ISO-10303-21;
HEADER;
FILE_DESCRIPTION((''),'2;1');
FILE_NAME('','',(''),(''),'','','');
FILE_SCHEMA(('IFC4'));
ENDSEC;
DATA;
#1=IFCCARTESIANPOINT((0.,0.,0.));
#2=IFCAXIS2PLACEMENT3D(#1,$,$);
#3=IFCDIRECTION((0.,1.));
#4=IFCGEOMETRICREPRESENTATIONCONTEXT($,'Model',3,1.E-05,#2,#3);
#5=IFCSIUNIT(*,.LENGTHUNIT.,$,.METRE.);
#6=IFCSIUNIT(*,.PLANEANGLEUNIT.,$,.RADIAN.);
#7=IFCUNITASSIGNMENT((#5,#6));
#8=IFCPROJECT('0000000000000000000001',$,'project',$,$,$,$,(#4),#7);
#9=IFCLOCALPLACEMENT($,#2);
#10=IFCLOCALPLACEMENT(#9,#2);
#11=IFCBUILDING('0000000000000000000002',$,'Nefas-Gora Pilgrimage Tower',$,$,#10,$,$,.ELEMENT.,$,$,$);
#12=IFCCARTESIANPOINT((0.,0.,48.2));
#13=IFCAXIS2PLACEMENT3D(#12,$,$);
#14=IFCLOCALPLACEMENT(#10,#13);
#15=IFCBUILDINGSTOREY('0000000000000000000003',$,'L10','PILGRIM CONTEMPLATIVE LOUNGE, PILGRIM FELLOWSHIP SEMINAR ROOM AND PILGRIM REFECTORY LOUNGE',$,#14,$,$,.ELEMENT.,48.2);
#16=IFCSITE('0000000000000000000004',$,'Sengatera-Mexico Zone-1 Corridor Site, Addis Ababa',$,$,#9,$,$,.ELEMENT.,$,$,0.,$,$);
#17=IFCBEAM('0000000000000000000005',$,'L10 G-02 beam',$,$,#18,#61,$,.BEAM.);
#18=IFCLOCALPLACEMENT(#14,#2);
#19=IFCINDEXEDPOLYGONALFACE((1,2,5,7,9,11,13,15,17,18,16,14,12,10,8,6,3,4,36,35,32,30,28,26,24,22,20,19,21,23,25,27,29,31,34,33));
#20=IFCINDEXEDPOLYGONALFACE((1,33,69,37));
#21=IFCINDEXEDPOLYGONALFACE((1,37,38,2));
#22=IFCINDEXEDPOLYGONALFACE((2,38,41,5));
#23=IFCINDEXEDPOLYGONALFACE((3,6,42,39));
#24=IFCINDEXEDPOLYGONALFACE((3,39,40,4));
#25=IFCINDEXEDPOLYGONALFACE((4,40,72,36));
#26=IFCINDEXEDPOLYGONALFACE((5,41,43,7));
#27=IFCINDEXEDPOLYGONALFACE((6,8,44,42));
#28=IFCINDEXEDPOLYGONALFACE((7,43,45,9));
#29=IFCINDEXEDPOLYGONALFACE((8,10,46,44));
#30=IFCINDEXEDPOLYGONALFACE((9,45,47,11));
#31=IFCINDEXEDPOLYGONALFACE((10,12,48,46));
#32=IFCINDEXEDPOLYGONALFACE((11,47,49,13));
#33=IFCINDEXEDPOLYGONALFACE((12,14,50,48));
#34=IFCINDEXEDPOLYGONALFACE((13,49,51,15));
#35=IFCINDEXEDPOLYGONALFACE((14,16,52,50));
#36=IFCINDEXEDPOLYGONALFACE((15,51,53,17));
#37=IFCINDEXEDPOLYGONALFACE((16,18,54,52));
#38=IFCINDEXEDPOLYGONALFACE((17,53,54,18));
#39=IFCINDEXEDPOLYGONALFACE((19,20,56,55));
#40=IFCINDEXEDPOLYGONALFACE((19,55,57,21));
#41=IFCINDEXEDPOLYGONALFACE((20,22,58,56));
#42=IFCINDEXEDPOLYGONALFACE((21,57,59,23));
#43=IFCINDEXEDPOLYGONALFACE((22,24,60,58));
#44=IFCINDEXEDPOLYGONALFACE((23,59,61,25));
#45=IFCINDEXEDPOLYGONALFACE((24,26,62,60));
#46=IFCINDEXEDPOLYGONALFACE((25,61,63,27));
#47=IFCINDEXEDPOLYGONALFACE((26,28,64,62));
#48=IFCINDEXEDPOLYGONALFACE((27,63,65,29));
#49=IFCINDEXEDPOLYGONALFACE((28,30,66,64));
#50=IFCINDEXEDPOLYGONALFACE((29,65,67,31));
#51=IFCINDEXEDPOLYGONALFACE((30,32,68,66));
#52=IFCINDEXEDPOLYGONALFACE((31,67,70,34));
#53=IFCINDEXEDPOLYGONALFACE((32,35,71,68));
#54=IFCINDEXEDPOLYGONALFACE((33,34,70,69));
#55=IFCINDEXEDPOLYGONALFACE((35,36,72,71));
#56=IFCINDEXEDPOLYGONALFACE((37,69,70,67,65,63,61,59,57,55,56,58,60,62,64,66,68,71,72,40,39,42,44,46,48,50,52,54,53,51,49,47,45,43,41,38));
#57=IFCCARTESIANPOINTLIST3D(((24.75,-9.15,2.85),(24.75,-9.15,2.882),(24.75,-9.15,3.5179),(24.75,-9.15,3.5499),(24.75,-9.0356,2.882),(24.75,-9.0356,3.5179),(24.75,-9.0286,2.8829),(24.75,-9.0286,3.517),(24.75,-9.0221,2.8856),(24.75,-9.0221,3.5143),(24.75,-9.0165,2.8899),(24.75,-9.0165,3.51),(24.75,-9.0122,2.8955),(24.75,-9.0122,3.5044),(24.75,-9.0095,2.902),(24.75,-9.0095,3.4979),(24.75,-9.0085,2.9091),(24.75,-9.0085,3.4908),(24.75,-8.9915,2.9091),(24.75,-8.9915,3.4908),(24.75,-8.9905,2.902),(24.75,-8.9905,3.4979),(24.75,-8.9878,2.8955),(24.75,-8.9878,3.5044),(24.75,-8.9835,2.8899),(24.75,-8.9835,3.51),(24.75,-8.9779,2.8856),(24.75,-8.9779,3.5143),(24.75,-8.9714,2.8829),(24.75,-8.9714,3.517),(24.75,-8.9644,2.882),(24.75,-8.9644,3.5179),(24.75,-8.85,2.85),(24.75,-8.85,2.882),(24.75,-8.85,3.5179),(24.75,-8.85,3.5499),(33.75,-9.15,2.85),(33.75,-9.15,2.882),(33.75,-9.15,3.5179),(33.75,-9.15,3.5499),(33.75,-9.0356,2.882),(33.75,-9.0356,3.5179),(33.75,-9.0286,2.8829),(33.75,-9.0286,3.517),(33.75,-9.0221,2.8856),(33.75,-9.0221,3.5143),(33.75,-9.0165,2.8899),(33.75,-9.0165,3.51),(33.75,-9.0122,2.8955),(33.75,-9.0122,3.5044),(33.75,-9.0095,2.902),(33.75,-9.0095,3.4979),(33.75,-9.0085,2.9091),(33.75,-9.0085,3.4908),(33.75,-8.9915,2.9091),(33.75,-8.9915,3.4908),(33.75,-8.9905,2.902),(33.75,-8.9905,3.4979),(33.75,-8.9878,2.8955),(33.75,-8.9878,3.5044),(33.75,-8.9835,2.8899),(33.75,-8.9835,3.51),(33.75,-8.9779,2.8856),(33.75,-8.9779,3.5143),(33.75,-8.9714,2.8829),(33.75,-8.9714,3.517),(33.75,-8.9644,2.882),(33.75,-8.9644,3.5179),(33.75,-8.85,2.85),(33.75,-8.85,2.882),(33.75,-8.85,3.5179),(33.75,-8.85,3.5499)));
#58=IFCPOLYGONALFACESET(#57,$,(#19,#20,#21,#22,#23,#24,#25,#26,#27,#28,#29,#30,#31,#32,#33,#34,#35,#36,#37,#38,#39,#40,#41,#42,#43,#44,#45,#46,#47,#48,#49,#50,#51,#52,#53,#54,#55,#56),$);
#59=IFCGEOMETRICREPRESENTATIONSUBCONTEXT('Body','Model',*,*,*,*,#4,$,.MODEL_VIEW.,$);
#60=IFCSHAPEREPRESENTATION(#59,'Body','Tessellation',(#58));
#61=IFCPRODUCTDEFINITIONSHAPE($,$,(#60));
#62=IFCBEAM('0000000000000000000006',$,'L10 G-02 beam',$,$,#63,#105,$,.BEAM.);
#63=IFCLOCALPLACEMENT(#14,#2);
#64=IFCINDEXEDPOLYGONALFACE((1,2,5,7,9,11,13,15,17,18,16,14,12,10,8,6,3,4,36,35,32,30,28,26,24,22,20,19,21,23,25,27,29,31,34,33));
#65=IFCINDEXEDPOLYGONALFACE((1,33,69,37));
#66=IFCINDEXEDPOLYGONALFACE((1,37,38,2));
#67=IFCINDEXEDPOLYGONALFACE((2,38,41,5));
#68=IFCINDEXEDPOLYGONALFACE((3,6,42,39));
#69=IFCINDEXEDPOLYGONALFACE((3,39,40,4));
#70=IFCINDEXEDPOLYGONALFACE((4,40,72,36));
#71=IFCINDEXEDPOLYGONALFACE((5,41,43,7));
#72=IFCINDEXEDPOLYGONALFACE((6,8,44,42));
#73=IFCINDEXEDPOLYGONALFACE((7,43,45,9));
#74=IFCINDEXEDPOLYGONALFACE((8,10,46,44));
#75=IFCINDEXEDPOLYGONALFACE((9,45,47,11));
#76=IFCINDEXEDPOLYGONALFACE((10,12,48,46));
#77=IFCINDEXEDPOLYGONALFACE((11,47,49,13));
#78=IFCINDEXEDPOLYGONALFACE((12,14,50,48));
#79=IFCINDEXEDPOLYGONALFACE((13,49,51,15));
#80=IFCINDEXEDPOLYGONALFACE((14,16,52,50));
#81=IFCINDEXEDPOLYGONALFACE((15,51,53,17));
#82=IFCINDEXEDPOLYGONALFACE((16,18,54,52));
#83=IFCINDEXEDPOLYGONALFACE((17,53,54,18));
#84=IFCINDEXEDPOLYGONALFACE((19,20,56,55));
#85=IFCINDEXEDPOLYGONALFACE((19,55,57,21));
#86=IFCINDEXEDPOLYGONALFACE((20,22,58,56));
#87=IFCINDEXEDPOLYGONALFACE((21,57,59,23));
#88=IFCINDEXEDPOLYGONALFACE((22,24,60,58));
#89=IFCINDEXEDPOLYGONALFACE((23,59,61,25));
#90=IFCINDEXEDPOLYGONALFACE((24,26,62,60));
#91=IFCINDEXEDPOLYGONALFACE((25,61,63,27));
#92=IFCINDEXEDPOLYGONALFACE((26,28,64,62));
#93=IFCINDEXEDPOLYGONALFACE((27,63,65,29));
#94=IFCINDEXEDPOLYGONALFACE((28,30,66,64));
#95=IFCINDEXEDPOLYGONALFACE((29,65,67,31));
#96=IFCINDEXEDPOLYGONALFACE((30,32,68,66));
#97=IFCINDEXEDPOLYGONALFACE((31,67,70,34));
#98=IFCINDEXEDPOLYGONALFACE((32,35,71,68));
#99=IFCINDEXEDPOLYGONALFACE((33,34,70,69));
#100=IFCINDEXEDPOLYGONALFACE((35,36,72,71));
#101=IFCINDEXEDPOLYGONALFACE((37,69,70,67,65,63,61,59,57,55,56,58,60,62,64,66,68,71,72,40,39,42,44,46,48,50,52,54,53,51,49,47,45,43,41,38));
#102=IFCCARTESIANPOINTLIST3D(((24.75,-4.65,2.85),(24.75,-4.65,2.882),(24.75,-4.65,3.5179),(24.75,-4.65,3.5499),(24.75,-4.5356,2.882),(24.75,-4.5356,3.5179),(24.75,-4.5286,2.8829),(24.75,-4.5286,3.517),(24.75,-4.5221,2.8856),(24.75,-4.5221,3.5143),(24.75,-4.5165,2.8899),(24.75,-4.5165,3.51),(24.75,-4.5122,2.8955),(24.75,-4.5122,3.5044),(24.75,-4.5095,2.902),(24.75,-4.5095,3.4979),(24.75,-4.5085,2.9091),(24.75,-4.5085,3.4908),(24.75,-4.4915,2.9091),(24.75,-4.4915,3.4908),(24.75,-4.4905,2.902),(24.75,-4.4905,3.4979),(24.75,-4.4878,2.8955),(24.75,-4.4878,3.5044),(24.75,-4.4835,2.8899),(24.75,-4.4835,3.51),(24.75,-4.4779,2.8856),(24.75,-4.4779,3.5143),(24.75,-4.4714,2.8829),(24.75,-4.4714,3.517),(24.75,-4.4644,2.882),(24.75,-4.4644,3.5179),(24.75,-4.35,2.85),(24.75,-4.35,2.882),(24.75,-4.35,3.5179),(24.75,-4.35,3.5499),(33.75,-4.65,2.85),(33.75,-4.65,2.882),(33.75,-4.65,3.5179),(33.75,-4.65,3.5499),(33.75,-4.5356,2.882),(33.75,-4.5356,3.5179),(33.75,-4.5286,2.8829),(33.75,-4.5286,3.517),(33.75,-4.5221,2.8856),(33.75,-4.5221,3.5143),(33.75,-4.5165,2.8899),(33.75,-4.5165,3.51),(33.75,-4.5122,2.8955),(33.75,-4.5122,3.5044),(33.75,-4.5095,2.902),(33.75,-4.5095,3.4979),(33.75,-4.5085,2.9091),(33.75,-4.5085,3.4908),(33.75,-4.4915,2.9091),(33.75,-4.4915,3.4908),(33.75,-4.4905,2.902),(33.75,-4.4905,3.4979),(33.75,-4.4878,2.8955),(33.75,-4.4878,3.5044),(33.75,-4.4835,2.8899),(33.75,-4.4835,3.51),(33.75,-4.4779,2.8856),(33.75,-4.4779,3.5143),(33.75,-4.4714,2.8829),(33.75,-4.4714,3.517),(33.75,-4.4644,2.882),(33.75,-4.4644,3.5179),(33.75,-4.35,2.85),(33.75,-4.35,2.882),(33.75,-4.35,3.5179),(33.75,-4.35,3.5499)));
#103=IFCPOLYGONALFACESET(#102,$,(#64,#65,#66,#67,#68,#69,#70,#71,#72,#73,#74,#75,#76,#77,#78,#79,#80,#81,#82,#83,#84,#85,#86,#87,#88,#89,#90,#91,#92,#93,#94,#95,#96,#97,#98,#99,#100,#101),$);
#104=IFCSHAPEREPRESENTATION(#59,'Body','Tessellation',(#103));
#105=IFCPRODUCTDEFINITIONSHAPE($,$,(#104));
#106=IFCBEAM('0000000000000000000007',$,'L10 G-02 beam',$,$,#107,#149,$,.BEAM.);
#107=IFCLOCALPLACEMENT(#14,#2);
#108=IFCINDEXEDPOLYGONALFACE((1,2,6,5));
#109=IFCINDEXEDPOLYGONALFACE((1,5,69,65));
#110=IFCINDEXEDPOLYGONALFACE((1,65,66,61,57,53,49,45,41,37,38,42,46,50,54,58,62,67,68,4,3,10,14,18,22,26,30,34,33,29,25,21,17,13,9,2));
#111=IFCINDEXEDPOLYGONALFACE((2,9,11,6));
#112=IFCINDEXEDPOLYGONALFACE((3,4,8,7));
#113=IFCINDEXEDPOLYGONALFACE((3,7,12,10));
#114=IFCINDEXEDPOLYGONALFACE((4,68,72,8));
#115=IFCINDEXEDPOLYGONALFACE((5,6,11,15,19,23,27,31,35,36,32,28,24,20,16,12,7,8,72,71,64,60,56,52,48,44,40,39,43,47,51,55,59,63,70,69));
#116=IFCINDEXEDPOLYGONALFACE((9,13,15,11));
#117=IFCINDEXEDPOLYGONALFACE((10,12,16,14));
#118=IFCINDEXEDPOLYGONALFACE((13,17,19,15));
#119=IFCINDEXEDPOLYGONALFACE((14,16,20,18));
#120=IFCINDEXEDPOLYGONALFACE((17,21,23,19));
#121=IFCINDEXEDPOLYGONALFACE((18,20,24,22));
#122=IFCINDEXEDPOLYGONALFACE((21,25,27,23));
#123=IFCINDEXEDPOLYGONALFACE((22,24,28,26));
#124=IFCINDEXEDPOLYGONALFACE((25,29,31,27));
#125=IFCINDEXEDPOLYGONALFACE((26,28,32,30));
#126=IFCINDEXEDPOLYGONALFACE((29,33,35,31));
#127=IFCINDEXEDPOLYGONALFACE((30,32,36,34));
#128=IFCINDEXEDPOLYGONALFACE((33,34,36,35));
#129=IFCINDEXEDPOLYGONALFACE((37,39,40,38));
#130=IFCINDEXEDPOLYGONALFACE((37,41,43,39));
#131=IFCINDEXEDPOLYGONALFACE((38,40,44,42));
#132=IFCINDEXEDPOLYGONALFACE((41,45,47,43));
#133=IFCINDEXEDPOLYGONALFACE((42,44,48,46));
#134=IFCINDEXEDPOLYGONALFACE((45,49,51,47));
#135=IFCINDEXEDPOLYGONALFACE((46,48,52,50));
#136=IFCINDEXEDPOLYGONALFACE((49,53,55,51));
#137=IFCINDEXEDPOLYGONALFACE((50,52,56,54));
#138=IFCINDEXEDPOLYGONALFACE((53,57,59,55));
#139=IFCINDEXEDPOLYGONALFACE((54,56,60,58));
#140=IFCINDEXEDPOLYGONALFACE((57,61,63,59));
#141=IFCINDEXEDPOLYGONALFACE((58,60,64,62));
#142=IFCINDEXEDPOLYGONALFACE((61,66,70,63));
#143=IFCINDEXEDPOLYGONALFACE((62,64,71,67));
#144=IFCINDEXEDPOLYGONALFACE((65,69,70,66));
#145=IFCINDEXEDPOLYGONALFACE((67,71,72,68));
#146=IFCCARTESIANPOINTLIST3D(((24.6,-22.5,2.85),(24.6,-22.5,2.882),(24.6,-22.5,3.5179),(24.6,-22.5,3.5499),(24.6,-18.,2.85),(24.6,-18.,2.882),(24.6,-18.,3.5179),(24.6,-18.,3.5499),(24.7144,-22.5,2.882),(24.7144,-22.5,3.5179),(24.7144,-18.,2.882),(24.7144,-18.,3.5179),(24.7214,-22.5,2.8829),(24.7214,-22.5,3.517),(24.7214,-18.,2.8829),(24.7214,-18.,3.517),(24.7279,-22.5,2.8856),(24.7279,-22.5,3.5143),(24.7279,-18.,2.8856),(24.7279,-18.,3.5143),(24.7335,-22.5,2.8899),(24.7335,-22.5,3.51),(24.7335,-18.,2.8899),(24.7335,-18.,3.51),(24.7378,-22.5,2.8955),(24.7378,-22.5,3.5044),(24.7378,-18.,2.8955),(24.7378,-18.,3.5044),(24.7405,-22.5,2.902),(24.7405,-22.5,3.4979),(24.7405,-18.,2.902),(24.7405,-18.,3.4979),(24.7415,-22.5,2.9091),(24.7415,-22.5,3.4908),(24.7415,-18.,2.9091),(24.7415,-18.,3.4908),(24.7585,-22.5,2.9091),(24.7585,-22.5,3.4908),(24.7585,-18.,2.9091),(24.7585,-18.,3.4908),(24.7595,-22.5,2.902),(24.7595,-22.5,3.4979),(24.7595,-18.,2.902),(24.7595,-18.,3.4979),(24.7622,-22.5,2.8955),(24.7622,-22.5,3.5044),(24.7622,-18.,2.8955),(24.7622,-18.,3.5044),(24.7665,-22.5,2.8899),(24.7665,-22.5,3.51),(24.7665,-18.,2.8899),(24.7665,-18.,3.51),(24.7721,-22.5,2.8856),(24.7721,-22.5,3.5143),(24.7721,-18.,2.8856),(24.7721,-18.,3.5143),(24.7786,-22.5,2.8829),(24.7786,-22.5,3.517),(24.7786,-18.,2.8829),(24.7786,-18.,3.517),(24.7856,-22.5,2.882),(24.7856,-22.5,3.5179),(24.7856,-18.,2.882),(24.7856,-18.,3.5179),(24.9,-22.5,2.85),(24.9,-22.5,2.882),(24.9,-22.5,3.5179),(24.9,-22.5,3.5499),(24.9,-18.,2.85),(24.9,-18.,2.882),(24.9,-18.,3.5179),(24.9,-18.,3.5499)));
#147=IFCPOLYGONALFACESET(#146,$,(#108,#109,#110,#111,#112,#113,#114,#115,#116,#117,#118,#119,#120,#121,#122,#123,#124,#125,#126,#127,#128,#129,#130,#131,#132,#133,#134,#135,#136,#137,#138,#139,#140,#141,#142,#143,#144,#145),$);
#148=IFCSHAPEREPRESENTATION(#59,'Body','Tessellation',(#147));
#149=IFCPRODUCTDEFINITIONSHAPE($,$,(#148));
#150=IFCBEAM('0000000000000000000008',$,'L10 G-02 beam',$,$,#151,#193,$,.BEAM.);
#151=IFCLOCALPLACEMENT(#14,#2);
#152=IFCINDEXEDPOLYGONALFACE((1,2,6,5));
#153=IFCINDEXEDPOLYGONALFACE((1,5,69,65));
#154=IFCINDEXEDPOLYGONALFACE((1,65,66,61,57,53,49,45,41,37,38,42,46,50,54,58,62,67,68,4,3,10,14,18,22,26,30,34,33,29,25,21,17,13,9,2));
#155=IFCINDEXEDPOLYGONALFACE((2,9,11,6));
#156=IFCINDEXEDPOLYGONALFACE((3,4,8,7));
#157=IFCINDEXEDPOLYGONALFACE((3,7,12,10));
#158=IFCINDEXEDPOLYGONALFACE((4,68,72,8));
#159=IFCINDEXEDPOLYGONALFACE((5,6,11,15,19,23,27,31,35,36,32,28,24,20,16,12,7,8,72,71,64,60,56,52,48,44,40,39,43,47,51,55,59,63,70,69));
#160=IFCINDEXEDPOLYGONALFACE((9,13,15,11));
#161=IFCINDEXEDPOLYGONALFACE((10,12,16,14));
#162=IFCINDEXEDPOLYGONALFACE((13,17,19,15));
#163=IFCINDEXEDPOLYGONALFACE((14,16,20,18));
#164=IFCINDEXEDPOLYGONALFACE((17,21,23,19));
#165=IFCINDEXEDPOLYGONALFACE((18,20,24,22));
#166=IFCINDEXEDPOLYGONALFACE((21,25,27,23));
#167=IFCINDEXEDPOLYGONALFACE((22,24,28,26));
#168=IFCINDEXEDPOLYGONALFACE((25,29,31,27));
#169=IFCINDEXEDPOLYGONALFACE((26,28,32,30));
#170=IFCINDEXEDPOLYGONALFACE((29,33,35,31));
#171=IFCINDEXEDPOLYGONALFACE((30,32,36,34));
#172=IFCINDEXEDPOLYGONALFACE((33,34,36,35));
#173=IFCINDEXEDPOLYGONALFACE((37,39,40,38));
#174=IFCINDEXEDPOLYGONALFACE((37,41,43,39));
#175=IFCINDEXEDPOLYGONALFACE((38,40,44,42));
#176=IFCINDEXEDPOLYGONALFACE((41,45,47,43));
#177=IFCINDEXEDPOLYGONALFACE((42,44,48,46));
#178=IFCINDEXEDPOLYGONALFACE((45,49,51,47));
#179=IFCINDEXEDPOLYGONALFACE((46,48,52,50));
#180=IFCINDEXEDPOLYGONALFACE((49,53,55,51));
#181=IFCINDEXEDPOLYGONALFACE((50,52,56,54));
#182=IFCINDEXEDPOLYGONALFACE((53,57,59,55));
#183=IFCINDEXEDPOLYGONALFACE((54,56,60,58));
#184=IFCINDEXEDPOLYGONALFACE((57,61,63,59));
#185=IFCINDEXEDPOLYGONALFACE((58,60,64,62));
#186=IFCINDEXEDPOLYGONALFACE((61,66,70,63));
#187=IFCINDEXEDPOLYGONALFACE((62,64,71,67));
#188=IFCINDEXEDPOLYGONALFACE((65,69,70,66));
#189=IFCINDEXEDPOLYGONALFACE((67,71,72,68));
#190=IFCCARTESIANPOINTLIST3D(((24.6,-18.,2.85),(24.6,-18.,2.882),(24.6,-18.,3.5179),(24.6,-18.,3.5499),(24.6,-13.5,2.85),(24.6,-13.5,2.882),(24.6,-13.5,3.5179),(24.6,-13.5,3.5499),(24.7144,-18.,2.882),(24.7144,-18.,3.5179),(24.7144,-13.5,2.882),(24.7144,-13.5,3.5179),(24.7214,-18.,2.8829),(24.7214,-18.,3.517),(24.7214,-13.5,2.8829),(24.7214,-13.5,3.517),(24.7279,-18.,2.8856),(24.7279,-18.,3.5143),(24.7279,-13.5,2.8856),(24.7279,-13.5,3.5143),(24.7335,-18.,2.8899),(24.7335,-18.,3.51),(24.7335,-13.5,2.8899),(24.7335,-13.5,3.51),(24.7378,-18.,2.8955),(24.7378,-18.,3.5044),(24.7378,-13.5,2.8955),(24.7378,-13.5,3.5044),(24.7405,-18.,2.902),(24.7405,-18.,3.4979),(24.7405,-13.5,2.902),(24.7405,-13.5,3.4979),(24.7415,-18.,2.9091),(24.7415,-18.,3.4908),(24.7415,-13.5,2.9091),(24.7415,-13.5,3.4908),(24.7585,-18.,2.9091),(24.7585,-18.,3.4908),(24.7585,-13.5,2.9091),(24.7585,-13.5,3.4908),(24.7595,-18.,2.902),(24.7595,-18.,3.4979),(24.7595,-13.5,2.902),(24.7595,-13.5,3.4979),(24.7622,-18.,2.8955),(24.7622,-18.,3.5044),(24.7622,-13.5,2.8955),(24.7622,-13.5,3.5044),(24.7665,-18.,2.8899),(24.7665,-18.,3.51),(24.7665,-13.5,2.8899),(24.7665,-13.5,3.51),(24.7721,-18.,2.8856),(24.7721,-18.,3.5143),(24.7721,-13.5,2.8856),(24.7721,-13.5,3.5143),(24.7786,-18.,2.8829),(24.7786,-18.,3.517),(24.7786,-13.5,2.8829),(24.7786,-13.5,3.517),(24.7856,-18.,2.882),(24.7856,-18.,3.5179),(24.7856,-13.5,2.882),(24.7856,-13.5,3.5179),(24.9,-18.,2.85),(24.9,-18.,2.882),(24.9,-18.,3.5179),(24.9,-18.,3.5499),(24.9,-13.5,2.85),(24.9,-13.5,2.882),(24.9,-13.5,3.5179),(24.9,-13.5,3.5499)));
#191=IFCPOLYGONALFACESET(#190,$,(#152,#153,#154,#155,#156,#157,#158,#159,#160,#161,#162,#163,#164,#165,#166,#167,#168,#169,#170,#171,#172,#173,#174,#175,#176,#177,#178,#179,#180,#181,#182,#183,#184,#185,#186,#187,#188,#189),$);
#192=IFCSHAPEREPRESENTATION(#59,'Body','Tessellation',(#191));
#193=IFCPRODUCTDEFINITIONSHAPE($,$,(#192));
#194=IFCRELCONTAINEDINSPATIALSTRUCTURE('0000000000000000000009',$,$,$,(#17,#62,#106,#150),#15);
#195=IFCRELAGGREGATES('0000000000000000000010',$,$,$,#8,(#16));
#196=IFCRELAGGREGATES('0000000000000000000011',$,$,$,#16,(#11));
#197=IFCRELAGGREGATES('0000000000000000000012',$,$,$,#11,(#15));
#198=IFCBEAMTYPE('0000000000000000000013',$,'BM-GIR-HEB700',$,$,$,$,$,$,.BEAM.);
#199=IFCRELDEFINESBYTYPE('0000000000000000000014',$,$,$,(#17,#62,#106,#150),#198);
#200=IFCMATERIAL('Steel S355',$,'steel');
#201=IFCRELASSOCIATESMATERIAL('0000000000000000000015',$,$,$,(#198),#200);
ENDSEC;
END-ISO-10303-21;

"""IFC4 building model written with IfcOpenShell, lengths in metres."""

from ifc_helpers import new_model, si_unit, direction, frame, origin, origin_2d, place, context, subcontext, project, spatial, i_section, extrude, source, transform, mapped, material, material_profile, profile_set, type_object, element, save


model = new_model("IFC4")

# Units and contexts
model_context = context("Model", 3, precision=1e-05, world=origin(), true_north=direction((0.0, 1.0)))
body_context = subcontext(model_context, "Body", "Model", "MODEL_VIEW")
ifc_project = project(units=[si_unit("LENGTHUNIT", "METRE"), si_unit("PLANEANGLEUNIT", "RADIAN")], contexts=[model_context])

# Site, building, storey
site_placement = place(None, origin())
site = spatial("IfcSite", under=ifc_project, at=site_placement, Name="Sengatera-Mexico Zone-1 Corridor Site, Addis Ababa", CompositionType="ELEMENT", RefElevation=0.0)
building_placement = place(site_placement, origin())
building = spatial("IfcBuilding", under=site, at=building_placement, Name="Nefas-Gora Pilgrimage Tower", CompositionType="ELEMENT")
storey_placement = place(building_placement, frame((0.0, 0.0, 48.2)))
storey = spatial("IfcBuildingStorey", under=building, at=storey_placement, Name="L10", Description="PILGRIM CONTEMPLATIVE LOUNGE, PILGRIM FELLOWSHIP SEMINAR ROOM AND PILGRIM REFECTORY LOUNGE", CompositionType="ELEMENT", Elevation=48.2)

# Beams
ifc_material_1 = material(Name="Steel S355", Category="steel")
ifc_material_profile_1 = material_profile(ifc_material_1, i_section(OverallWidth=0.3, OverallDepth=0.7, WebThickness=0.0171, FlangeThickness=0.032, FilletRadius=0.0271, at=origin_2d()), Name="HEB 700")
ifc_profile_set_1 = profile_set([ifc_material_profile_1], Name="Steel S355")
beam_type_1 = type_object("IfcBeamType", Name="BM-GIR-HEB700", PredefinedType="BEAM", material=ifc_profile_set_1)
shared_shape_1 = source(origin(), body_context, "Body", "SweptSolid", [
    extrude(i_section(OverallWidth=0.3, OverallDepth=0.7, WebThickness=0.0171, FlangeThickness=0.032, FilletRadius=0.0271, at=origin_2d()), origin(), (0.0, 0.0, 1.0), 9.0),
])
for number, where, z_axis, x_axis, name in (
    (1, (24.75, -9.0, 3.2), (1.0, 0.0, 0.0), (0.0, 1.0, 0.0), "L10 G-02 beam"),
    (2, (24.75, -4.5, 3.2), (1.0, 0.0, 0.0), (0.0, 1.0, 0.0), "L10 G-02 beam"),
):
    element("IfcBeam", number, at=place(storey_placement, frame(where, z_axis=z_axis, x_axis=x_axis)), inside=storey, type_object=beam_type_1, Name=name, PredefinedType="BEAM", context=body_context, shape_type="MappedRepresentation", body=[
        mapped(shared_shape_1, transform((0.0, 0.0, 0.0), x_axis=(1.0, 0.0, 0.0), y_axis=(0.0, 1.0, 0.0), z_axis=(0.0, 0.0, 1.0), scale=1.0)),
    ])
shared_shape_2 = source(origin(), body_context, "Body", "SweptSolid", [
    extrude(i_section(OverallWidth=0.3, OverallDepth=0.7, WebThickness=0.0171, FlangeThickness=0.032, FilletRadius=0.0271, at=origin_2d()), origin(), (0.0, 0.0, 1.0), 4.5),
])
for number, where, z_axis, x_axis, name in (
    (3, (24.75, -22.5, 3.2), (0.0, 1.0, 0.0), (-1.0, 0.0, 0.0), "L10 G-02 beam"),
    (4, (24.75, -18.0, 3.2), (0.0, 1.0, 0.0), (-1.0, 0.0, 0.0), "L10 G-02 beam"),
):
    element("IfcBeam", number, at=place(storey_placement, frame(where, z_axis=z_axis, x_axis=x_axis)), inside=storey, type_object=beam_type_1, Name=name, PredefinedType="BEAM", context=body_context, shape_type="MappedRepresentation", body=[
        mapped(shared_shape_2, transform((0.0, 0.0, 0.0), x_axis=(1.0, 0.0, 0.0), y_axis=(0.0, 1.0, 0.0), z_axis=(0.0, 0.0, 1.0), scale=1.0)),
    ])

save(model, "model.ifc")
